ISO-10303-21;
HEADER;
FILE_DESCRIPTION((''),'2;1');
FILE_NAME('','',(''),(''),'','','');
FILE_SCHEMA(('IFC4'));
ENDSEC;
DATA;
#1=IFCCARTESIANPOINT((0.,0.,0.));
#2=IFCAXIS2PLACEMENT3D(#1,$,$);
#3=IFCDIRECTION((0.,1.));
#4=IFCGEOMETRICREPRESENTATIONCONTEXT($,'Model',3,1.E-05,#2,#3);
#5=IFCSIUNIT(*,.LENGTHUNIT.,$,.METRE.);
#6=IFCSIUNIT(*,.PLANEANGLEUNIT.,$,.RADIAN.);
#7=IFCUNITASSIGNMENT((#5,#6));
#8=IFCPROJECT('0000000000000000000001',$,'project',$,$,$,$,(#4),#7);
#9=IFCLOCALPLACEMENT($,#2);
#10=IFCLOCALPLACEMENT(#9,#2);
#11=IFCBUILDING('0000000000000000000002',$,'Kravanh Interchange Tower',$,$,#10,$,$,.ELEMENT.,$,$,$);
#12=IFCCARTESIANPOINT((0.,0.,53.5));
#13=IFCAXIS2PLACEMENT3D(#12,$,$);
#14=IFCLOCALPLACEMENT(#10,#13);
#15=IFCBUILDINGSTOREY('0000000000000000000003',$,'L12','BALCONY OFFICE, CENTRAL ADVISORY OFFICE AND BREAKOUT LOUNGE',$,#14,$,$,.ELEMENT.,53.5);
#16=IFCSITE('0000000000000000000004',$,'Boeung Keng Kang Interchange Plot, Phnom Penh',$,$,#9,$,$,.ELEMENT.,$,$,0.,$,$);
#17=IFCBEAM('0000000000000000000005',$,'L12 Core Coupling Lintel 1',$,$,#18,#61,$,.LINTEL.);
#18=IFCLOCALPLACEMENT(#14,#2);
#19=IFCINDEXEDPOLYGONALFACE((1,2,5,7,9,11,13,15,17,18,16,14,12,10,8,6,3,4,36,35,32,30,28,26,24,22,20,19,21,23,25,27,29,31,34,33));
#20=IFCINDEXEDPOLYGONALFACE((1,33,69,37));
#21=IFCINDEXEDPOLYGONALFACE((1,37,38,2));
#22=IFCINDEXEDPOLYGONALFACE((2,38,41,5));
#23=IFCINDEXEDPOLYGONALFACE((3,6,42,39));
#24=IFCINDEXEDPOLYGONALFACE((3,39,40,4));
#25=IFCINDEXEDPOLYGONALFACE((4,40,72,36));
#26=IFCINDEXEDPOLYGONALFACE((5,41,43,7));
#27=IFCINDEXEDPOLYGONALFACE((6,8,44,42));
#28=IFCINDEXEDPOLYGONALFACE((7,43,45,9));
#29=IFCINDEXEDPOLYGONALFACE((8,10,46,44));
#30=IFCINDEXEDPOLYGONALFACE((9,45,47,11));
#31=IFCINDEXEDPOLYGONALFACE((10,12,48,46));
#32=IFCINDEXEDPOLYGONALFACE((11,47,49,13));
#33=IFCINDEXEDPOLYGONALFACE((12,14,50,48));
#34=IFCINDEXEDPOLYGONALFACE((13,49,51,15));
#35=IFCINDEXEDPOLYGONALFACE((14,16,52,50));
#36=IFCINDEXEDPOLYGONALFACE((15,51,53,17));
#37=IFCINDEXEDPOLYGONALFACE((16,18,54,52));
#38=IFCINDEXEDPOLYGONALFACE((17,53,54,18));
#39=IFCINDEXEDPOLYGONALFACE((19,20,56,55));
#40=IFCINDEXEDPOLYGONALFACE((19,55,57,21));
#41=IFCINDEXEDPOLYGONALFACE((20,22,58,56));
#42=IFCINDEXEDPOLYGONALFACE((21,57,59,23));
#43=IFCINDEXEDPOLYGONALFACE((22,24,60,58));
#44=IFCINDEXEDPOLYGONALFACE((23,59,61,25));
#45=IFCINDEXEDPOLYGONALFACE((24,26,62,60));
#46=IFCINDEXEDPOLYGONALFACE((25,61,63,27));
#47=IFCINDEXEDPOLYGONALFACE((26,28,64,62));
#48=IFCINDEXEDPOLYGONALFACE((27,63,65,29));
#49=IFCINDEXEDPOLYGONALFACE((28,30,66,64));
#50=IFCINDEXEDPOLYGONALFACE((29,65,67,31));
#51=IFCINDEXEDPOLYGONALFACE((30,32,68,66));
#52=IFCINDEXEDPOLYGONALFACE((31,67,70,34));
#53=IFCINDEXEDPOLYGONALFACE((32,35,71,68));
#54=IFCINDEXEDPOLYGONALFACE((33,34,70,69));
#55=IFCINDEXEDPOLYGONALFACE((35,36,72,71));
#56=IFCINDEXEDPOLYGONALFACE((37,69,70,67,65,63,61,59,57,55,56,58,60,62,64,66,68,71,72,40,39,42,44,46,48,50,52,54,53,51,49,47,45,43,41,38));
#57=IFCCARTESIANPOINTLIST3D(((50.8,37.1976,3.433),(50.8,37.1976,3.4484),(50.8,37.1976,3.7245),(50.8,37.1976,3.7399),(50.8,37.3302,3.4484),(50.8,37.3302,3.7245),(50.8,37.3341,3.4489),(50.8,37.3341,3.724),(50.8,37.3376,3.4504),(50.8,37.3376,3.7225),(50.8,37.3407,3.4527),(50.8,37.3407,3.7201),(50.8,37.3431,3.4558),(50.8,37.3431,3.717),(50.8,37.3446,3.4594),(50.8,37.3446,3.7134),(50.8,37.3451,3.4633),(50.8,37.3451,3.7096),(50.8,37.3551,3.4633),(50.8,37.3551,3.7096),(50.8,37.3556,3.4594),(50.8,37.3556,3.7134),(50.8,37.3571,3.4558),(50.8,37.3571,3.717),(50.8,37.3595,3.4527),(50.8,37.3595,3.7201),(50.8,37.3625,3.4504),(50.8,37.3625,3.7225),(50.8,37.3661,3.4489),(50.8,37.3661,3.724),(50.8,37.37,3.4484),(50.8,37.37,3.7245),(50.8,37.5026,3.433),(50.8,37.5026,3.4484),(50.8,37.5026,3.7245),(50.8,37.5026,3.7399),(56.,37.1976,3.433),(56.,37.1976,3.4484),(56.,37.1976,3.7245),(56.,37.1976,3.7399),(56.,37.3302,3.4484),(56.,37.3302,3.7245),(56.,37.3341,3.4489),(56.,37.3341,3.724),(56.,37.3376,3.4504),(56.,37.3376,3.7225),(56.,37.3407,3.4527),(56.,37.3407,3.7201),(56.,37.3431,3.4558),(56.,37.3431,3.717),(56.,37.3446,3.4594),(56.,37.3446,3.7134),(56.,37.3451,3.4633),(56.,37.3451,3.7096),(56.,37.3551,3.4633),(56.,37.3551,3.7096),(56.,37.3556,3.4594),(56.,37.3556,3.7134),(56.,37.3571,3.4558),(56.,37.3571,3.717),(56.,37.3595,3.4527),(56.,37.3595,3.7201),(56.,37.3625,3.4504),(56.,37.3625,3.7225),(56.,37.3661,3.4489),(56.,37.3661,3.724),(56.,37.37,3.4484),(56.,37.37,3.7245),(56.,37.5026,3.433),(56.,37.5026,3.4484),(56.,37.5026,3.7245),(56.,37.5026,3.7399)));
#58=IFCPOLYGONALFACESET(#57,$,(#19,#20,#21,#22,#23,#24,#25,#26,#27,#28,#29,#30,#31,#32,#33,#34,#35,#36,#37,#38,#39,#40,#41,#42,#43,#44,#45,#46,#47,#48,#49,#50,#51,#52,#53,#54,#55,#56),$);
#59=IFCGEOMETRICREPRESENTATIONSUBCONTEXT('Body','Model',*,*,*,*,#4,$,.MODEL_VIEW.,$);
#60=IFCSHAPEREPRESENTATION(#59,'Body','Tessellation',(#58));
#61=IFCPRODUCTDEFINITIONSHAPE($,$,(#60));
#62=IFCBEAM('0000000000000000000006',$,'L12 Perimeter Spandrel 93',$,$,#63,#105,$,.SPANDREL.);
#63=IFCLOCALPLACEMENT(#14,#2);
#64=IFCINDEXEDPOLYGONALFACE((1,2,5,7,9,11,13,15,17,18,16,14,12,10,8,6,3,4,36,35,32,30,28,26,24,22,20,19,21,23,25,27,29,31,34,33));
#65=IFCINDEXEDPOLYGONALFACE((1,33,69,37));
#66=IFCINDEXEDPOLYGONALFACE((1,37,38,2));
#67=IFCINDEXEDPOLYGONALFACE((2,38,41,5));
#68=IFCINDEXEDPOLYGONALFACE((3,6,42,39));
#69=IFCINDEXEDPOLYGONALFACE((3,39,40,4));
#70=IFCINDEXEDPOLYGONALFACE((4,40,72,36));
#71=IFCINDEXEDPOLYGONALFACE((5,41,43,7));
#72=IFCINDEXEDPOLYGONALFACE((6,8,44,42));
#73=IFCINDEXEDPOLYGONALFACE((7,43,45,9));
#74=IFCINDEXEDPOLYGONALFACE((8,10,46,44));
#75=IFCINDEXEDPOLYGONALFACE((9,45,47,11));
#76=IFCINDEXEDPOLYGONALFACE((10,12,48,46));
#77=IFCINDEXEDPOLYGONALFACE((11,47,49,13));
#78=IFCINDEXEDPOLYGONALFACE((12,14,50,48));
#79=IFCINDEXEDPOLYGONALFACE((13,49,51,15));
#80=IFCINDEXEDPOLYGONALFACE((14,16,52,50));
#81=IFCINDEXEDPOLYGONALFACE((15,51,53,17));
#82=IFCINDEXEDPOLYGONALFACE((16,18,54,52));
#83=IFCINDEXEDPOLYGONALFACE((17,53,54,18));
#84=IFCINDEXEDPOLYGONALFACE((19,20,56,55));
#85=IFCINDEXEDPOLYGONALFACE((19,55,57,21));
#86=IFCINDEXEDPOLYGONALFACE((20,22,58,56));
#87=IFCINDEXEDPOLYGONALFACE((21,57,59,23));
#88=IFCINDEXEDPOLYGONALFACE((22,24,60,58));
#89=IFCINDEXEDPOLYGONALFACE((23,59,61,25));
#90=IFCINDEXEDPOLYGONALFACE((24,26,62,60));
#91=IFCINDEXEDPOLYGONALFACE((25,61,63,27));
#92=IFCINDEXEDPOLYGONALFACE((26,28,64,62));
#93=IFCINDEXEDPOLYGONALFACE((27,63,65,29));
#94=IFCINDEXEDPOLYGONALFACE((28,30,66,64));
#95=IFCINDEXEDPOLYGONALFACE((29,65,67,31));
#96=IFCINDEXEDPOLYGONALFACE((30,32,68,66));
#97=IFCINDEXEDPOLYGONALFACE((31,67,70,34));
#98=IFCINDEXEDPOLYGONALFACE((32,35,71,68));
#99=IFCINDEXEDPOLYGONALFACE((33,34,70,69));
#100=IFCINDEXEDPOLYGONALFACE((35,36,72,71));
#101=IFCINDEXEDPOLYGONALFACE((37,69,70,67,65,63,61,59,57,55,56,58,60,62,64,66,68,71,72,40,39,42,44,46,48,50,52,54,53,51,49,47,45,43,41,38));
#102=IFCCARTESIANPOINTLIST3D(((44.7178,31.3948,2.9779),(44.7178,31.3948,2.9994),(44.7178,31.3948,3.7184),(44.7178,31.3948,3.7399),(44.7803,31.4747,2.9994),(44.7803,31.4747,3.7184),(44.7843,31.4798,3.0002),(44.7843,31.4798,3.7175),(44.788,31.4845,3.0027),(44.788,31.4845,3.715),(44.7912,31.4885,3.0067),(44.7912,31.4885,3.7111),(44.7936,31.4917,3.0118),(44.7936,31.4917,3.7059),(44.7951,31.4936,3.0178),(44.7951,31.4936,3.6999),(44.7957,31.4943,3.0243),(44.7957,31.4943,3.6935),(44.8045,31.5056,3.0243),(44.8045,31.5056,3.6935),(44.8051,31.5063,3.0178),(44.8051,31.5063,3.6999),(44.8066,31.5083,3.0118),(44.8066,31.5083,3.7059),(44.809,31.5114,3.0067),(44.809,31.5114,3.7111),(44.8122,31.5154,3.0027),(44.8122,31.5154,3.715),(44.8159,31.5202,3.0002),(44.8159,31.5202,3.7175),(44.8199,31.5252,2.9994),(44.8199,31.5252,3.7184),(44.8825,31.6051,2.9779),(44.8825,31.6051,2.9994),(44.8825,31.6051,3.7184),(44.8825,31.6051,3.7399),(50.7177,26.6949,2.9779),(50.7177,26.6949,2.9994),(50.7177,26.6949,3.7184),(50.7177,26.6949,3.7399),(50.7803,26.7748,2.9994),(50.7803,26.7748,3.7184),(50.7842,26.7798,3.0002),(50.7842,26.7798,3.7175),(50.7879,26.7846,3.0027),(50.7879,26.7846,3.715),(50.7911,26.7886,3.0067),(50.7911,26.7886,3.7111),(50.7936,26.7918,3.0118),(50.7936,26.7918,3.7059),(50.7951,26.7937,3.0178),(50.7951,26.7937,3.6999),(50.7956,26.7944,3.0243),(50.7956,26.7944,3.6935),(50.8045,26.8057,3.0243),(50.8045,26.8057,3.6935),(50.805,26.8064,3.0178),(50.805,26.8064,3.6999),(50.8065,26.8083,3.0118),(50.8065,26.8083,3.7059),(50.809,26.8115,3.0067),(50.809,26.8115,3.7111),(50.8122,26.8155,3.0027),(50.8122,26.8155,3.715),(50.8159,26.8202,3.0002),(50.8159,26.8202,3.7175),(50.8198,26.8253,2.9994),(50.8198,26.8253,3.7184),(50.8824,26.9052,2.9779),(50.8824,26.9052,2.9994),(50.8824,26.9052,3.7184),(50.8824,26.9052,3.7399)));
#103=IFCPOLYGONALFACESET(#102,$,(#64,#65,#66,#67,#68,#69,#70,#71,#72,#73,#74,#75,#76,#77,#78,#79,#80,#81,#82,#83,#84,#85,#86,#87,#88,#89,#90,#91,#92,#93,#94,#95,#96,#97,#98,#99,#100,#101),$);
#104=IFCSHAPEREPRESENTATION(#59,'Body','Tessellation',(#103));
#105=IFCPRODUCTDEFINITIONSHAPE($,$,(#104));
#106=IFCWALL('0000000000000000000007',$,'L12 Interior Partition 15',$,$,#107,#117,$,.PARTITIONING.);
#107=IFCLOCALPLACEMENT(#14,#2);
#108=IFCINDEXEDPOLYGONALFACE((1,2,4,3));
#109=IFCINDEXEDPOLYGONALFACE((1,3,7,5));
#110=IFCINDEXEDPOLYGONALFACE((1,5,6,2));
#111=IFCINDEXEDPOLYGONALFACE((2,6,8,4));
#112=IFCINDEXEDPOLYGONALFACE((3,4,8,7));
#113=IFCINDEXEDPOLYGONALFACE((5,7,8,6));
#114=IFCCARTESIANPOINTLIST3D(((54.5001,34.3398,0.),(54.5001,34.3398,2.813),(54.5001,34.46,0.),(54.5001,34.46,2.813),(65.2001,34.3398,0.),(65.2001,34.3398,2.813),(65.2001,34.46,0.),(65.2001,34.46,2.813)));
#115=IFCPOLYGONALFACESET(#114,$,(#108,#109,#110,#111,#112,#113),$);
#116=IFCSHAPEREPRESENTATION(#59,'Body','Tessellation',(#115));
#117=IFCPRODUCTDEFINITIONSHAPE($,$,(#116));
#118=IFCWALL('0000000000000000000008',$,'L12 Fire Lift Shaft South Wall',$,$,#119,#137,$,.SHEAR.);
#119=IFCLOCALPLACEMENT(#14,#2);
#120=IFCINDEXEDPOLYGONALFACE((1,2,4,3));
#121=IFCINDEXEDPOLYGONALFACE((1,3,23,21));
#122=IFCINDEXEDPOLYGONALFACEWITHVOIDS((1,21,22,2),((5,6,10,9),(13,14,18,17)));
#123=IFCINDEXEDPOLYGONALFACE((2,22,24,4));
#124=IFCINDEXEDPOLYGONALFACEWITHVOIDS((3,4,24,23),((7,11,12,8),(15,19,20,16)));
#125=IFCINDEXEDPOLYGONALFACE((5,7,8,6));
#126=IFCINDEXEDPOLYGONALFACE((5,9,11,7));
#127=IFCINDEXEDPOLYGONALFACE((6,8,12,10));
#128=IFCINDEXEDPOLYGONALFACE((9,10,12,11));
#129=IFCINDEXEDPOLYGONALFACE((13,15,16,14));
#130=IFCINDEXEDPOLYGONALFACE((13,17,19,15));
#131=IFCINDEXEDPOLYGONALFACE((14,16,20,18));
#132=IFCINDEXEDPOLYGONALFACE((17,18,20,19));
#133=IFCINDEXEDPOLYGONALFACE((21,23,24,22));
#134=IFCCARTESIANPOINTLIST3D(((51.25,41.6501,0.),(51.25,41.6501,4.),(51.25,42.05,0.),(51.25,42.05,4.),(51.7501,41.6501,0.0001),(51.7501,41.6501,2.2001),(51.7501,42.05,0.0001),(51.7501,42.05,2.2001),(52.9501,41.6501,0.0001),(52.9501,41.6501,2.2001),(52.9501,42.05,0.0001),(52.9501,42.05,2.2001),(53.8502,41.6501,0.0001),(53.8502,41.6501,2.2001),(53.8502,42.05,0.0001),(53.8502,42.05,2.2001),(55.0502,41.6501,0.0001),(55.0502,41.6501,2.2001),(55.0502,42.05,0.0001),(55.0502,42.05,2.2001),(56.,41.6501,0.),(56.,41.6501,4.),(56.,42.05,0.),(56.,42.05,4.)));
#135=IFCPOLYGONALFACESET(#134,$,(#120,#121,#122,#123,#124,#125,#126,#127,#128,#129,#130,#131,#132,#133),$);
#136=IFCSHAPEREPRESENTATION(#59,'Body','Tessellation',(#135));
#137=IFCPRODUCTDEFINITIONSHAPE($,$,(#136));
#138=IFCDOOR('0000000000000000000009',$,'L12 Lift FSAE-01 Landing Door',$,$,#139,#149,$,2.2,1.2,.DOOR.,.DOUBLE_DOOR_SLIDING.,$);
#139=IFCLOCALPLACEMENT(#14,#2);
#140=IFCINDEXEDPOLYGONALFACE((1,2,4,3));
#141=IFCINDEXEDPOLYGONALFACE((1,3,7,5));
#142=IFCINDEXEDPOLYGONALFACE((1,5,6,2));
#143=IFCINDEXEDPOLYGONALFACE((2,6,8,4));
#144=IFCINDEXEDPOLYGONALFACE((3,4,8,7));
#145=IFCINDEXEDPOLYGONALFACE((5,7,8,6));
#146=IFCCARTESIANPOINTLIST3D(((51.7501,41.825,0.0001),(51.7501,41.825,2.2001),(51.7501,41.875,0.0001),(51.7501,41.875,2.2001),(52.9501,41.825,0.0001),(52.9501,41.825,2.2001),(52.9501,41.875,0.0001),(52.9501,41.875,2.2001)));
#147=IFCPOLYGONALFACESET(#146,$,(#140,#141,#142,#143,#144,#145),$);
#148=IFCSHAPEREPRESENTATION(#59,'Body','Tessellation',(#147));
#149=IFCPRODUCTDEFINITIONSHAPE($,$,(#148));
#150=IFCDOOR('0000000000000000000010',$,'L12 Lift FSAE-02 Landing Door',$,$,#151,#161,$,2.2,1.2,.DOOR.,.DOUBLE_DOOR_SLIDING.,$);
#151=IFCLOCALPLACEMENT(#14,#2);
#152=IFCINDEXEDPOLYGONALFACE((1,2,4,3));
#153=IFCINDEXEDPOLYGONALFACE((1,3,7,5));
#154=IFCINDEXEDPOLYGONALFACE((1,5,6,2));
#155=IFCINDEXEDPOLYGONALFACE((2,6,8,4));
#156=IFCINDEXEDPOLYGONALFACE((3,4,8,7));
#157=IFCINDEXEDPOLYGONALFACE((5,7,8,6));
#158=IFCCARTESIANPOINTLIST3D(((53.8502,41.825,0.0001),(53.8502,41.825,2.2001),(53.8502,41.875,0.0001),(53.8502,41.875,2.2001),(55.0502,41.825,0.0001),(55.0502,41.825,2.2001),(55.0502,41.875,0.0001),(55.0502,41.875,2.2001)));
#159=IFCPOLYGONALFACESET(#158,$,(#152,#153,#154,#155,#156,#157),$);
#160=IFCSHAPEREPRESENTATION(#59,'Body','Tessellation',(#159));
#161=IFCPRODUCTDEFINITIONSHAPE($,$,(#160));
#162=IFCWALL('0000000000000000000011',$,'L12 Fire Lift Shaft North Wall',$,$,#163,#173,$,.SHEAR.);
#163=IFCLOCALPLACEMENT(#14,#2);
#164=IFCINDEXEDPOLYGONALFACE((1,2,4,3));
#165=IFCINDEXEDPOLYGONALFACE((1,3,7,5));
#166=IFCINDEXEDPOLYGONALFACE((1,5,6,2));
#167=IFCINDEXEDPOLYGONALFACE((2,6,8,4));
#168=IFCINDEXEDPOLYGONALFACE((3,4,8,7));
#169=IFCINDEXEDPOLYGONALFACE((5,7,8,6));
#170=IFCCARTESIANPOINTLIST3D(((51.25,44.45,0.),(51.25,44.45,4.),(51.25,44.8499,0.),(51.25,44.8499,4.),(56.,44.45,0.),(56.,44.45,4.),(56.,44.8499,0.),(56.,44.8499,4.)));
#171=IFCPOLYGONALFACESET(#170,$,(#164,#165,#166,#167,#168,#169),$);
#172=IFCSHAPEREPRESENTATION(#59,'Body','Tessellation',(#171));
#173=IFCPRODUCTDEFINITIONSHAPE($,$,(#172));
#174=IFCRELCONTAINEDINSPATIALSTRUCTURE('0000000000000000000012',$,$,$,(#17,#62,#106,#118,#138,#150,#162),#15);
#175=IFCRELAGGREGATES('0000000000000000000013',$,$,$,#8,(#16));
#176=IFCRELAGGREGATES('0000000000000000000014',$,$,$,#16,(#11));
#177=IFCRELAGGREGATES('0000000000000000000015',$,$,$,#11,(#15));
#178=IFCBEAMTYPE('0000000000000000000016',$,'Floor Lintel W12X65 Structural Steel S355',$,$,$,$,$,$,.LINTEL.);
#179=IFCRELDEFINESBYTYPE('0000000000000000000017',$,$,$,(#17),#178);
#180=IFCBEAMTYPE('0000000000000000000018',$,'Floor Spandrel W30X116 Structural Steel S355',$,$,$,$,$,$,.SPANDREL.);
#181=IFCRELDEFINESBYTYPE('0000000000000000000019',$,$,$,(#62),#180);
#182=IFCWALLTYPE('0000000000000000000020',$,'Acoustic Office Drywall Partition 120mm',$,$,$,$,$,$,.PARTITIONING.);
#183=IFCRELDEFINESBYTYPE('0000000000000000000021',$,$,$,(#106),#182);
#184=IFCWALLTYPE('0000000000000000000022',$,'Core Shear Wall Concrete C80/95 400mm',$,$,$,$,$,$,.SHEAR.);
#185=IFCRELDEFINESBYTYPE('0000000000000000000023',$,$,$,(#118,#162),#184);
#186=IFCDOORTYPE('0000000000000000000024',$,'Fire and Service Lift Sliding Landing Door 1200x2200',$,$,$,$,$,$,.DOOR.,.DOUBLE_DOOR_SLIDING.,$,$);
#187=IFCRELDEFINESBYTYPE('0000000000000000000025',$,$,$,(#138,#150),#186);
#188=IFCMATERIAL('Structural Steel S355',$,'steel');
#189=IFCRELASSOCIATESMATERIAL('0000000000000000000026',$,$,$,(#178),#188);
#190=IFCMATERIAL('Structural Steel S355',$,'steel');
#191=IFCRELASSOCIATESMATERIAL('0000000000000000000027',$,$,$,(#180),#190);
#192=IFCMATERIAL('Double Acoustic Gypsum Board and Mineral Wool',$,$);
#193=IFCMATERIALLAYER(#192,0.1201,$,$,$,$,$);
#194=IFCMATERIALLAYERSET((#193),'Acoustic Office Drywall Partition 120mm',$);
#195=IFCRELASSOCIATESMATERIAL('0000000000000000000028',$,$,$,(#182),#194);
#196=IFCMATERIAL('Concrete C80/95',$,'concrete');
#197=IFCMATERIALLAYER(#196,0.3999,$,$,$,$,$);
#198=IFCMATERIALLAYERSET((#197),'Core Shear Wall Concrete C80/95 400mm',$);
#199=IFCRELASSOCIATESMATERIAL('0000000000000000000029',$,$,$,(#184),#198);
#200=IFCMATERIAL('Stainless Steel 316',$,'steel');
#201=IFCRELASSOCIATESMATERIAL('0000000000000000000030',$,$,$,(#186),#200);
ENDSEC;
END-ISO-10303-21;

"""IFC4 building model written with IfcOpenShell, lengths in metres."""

from ifc_helpers import new_model, si_unit, direction, frame, frame_2d, origin, origin_2d, place, context, subcontext, project, spatial, rectangle, i_section, extrude, material, layer, layer_set, material_profile, profile_set, type_object, element, fill, save


model = new_model("IFC4")

# Units and contexts
model_context = context("Model", 3, precision=1e-05, world=origin(), true_north=direction((0.0, 1.0)))
body_context = subcontext(model_context, "Body", "Model", "MODEL_VIEW")
ifc_project = project(units=[si_unit("LENGTHUNIT", "METRE"), si_unit("PLANEANGLEUNIT", "RADIAN")], contexts=[model_context])

# Site, building, storey
site_placement = place(None, origin())
site = spatial("IfcSite", under=ifc_project, at=site_placement, Name="Boeung Keng Kang Interchange Plot, Phnom Penh", CompositionType="ELEMENT", RefElevation=0.0)
building_placement = place(site_placement, origin())
building = spatial("IfcBuilding", under=site, at=building_placement, Name="Kravanh Interchange Tower", CompositionType="ELEMENT")
storey_placement = place(building_placement, frame((0.0, 0.0, 53.5)))
storey = spatial("IfcBuildingStorey", under=building, at=storey_placement, Name="L12", Description="BALCONY OFFICE, CENTRAL ADVISORY OFFICE AND BREAKOUT LOUNGE", CompositionType="ELEMENT", Elevation=53.5)

# Beams
ifc_material_1 = material(Name="Structural Steel S355", Category="steel")
ifc_material_profile_1 = material_profile(ifc_material_1, i_section(OverallWidth=0.3049, OverallDepth=0.3069, WebThickness=0.01, FlangeThickness=0.0154, FilletRadius=0.0149, at=origin_2d()), Name="W12X65")
ifc_profile_set_1 = profile_set([ifc_material_profile_1], Name="Structural Steel S355")
beam_type_1 = type_object("IfcBeamType", Name="Floor Lintel W12X65 Structural Steel S355", PredefinedType="LINTEL", material=ifc_profile_set_1)
beam_1_placement = place(storey_placement, frame((50.8, 37.3501, 3.5864), z_axis=(1.0, 0.0, 0.0), x_axis=(0.0, 1.0, 0.0)))
element("IfcBeam", 1, at=beam_1_placement, inside=storey, type_object=beam_type_1, Name="L12 Core Coupling Lintel 1", PredefinedType="LINTEL", context=body_context, shape_type="SweptSolid", body=[
    extrude(i_section(OverallWidth=0.3049, OverallDepth=0.3069, WebThickness=0.01, FlangeThickness=0.0154, FilletRadius=0.0149, at=origin_2d()), origin(), (0.0, 0.0, 1.0), 5.2),
])
ifc_material_2 = material(Name="Structural Steel S355", Category="steel")
ifc_material_profile_2 = material_profile(ifc_material_2, i_section(OverallWidth=0.2671, OverallDepth=0.762, WebThickness=0.0144, FlangeThickness=0.0215, FilletRadius=0.0249, at=origin_2d()), Name="W30X116")
ifc_profile_set_2 = profile_set([ifc_material_profile_2], Name="Structural Steel S355")
beam_type_2 = type_object("IfcBeamType", Name="Floor Spandrel W30X116 Structural Steel S355", PredefinedType="SPANDREL", material=ifc_profile_set_2)
beam_2_placement = place(storey_placement, frame((50.8, 26.8, 3.3589), z_axis=(-0.787231, 0.616658, 0.0), x_axis=(-0.616658, -0.787231, 0.0)))
element("IfcBeam", 2, at=beam_2_placement, inside=storey, type_object=beam_type_2, Name="L12 Perimeter Spandrel 93", PredefinedType="SPANDREL", context=body_context, shape_type="SweptSolid", body=[
    extrude(i_section(OverallWidth=0.2671, OverallDepth=0.762, WebThickness=0.0144, FlangeThickness=0.0215, FilletRadius=0.0249, at=origin_2d()), origin(), (0.0, 0.0, 1.0), 7.6216),
])

# Wall
ifc_material_3 = material(Name="Double Acoustic Gypsum Board and Mineral Wool")
ifc_layer_1 = layer(ifc_material_3, 0.1201)
ifc_layer_set_1 = layer_set([ifc_layer_1], Name="Acoustic Office Drywall Partition 120mm")
wall_type_1 = type_object("IfcWallType", Name="Acoustic Office Drywall Partition 120mm", PredefinedType="PARTITIONING", material=ifc_layer_set_1)
wall_1_placement = place(storey_placement, frame((54.5, 34.3999, 0.0), z_axis=(0.0, 0.0, 1.0), x_axis=(1.0, 0.0, 0.0)))
element("IfcWall", 3, at=wall_1_placement, inside=storey, type_object=wall_type_1, Name="L12 Interior Partition 15", PredefinedType="PARTITIONING", context=body_context, shape_type="SweptSolid", body=[
    extrude(rectangle(XDim=10.7, YDim=0.1201, at=frame_2d((5.3501, 0.0))), origin(), (0.0, 0.0, 1.0), 2.813),
])

# Wall, openings, doors
ifc_material_4 = material(Name="Concrete C80/95", Category="concrete")
ifc_layer_2 = layer(ifc_material_4, 0.3999)
ifc_layer_set_2 = layer_set([ifc_layer_2], Name="Core Shear Wall Concrete C80/95 400mm")
wall_type_2 = type_object("IfcWallType", Name="Core Shear Wall Concrete C80/95 400mm", PredefinedType="SHEAR", material=ifc_layer_set_2)
wall_2_placement = place(storey_placement, frame((51.25, 41.8501, 0.0), z_axis=(0.0, 0.0, 1.0), x_axis=(1.0, 0.0, 0.0)))
wall_2 = element("IfcWall", 4, at=wall_2_placement, inside=storey, type_object=wall_type_2, Name="L12 Fire Lift Shaft South Wall", PredefinedType="SHEAR", context=body_context, shape_type="SweptSolid", body=[
    extrude(rectangle(XDim=4.75, YDim=0.3999, at=frame_2d((2.375, 0.0))), origin(), (0.0, 0.0, 1.0), 4.0),
])
opening_1_placement = place(wall_2_placement, frame((0.5, 0.0, 0.0)))
opening_1 = element("IfcOpeningElement", 5, at=opening_1_placement, cuts=wall_2, PredefinedType="OPENING", context=body_context, shape_type="SweptSolid", body=[
    extrude(rectangle(XDim=1.2, YDim=2.2, at=frame_2d((0.6001, 1.1001))), frame((0.0, 0.21, 0.0), z_axis=(0.0, -1.0, 0.0), x_axis=(1.0, 0.0, 0.0)), (0.0, 0.0, 1.0), 0.4199),
])
opening_2_placement = place(wall_2_placement, frame((2.6001, 0.0, 0.0)))
opening_2 = element("IfcOpeningElement", 6, at=opening_2_placement, cuts=wall_2, PredefinedType="OPENING", context=body_context, shape_type="SweptSolid", body=[
    extrude(rectangle(XDim=1.2, YDim=2.2, at=frame_2d((0.6001, 1.1001))), frame((0.0, 0.21, 0.0), z_axis=(0.0, -1.0, 0.0), x_axis=(1.0, 0.0, 0.0)), (0.0, 0.0, 1.0), 0.4199),
])
ifc_material_5 = material(Name="Stainless Steel 316", Category="steel")
door_type_1 = type_object("IfcDoorType", Name="Fire and Service Lift Sliding Landing Door 1200x2200", OperationType="DOUBLE_DOOR_SLIDING", PredefinedType="DOOR", material=ifc_material_5)
door_1_placement = place(opening_1_placement, origin())
door_1 = element("IfcDoor", 7, at=door_1_placement, inside=storey, type_object=door_type_1, Name="L12 Lift FSAE-01 Landing Door", OperationType="DOUBLE_DOOR_SLIDING", OverallHeight=2.2, OverallWidth=1.2, PredefinedType="DOOR", context=body_context, shape_type="SweptSolid", body=[
    extrude(rectangle(XDim=1.2, YDim=2.2, at=frame_2d((0.6001, 1.1001))), frame((0.0, 0.0249, 0.0), z_axis=(0.0, -1.0, 0.0), x_axis=(1.0, 0.0, 0.0)), (0.0, 0.0, 1.0), 0.05),
])
fill(opening_1, door_1)
door_2_placement = place(opening_2_placement, origin())
door_2 = element("IfcDoor", 8, at=door_2_placement, inside=storey, type_object=door_type_1, Name="L12 Lift FSAE-02 Landing Door", OperationType="DOUBLE_DOOR_SLIDING", OverallHeight=2.2, OverallWidth=1.2, PredefinedType="DOOR", context=body_context, shape_type="SweptSolid", body=[
    extrude(rectangle(XDim=1.2, YDim=2.2, at=frame_2d((0.6001, 1.1001))), frame((0.0, 0.0249, 0.0), z_axis=(0.0, -1.0, 0.0), x_axis=(1.0, 0.0, 0.0)), (0.0, 0.0, 1.0), 0.05),
])
fill(opening_2, door_2)

# Wall
wall_3_placement = place(storey_placement, frame((51.25, 44.6499, 0.0), z_axis=(0.0, 0.0, 1.0), x_axis=(1.0, 0.0, 0.0)))
element("IfcWall", 9, at=wall_3_placement, inside=storey, type_object=wall_type_2, Name="L12 Fire Lift Shaft North Wall", PredefinedType="SHEAR", context=body_context, shape_type="SweptSolid", body=[
    extrude(rectangle(XDim=4.75, YDim=0.3999, at=frame_2d((2.375, 0.0))), origin(), (0.0, 0.0, 1.0), 4.0),
])

save(model, "model.ifc")
